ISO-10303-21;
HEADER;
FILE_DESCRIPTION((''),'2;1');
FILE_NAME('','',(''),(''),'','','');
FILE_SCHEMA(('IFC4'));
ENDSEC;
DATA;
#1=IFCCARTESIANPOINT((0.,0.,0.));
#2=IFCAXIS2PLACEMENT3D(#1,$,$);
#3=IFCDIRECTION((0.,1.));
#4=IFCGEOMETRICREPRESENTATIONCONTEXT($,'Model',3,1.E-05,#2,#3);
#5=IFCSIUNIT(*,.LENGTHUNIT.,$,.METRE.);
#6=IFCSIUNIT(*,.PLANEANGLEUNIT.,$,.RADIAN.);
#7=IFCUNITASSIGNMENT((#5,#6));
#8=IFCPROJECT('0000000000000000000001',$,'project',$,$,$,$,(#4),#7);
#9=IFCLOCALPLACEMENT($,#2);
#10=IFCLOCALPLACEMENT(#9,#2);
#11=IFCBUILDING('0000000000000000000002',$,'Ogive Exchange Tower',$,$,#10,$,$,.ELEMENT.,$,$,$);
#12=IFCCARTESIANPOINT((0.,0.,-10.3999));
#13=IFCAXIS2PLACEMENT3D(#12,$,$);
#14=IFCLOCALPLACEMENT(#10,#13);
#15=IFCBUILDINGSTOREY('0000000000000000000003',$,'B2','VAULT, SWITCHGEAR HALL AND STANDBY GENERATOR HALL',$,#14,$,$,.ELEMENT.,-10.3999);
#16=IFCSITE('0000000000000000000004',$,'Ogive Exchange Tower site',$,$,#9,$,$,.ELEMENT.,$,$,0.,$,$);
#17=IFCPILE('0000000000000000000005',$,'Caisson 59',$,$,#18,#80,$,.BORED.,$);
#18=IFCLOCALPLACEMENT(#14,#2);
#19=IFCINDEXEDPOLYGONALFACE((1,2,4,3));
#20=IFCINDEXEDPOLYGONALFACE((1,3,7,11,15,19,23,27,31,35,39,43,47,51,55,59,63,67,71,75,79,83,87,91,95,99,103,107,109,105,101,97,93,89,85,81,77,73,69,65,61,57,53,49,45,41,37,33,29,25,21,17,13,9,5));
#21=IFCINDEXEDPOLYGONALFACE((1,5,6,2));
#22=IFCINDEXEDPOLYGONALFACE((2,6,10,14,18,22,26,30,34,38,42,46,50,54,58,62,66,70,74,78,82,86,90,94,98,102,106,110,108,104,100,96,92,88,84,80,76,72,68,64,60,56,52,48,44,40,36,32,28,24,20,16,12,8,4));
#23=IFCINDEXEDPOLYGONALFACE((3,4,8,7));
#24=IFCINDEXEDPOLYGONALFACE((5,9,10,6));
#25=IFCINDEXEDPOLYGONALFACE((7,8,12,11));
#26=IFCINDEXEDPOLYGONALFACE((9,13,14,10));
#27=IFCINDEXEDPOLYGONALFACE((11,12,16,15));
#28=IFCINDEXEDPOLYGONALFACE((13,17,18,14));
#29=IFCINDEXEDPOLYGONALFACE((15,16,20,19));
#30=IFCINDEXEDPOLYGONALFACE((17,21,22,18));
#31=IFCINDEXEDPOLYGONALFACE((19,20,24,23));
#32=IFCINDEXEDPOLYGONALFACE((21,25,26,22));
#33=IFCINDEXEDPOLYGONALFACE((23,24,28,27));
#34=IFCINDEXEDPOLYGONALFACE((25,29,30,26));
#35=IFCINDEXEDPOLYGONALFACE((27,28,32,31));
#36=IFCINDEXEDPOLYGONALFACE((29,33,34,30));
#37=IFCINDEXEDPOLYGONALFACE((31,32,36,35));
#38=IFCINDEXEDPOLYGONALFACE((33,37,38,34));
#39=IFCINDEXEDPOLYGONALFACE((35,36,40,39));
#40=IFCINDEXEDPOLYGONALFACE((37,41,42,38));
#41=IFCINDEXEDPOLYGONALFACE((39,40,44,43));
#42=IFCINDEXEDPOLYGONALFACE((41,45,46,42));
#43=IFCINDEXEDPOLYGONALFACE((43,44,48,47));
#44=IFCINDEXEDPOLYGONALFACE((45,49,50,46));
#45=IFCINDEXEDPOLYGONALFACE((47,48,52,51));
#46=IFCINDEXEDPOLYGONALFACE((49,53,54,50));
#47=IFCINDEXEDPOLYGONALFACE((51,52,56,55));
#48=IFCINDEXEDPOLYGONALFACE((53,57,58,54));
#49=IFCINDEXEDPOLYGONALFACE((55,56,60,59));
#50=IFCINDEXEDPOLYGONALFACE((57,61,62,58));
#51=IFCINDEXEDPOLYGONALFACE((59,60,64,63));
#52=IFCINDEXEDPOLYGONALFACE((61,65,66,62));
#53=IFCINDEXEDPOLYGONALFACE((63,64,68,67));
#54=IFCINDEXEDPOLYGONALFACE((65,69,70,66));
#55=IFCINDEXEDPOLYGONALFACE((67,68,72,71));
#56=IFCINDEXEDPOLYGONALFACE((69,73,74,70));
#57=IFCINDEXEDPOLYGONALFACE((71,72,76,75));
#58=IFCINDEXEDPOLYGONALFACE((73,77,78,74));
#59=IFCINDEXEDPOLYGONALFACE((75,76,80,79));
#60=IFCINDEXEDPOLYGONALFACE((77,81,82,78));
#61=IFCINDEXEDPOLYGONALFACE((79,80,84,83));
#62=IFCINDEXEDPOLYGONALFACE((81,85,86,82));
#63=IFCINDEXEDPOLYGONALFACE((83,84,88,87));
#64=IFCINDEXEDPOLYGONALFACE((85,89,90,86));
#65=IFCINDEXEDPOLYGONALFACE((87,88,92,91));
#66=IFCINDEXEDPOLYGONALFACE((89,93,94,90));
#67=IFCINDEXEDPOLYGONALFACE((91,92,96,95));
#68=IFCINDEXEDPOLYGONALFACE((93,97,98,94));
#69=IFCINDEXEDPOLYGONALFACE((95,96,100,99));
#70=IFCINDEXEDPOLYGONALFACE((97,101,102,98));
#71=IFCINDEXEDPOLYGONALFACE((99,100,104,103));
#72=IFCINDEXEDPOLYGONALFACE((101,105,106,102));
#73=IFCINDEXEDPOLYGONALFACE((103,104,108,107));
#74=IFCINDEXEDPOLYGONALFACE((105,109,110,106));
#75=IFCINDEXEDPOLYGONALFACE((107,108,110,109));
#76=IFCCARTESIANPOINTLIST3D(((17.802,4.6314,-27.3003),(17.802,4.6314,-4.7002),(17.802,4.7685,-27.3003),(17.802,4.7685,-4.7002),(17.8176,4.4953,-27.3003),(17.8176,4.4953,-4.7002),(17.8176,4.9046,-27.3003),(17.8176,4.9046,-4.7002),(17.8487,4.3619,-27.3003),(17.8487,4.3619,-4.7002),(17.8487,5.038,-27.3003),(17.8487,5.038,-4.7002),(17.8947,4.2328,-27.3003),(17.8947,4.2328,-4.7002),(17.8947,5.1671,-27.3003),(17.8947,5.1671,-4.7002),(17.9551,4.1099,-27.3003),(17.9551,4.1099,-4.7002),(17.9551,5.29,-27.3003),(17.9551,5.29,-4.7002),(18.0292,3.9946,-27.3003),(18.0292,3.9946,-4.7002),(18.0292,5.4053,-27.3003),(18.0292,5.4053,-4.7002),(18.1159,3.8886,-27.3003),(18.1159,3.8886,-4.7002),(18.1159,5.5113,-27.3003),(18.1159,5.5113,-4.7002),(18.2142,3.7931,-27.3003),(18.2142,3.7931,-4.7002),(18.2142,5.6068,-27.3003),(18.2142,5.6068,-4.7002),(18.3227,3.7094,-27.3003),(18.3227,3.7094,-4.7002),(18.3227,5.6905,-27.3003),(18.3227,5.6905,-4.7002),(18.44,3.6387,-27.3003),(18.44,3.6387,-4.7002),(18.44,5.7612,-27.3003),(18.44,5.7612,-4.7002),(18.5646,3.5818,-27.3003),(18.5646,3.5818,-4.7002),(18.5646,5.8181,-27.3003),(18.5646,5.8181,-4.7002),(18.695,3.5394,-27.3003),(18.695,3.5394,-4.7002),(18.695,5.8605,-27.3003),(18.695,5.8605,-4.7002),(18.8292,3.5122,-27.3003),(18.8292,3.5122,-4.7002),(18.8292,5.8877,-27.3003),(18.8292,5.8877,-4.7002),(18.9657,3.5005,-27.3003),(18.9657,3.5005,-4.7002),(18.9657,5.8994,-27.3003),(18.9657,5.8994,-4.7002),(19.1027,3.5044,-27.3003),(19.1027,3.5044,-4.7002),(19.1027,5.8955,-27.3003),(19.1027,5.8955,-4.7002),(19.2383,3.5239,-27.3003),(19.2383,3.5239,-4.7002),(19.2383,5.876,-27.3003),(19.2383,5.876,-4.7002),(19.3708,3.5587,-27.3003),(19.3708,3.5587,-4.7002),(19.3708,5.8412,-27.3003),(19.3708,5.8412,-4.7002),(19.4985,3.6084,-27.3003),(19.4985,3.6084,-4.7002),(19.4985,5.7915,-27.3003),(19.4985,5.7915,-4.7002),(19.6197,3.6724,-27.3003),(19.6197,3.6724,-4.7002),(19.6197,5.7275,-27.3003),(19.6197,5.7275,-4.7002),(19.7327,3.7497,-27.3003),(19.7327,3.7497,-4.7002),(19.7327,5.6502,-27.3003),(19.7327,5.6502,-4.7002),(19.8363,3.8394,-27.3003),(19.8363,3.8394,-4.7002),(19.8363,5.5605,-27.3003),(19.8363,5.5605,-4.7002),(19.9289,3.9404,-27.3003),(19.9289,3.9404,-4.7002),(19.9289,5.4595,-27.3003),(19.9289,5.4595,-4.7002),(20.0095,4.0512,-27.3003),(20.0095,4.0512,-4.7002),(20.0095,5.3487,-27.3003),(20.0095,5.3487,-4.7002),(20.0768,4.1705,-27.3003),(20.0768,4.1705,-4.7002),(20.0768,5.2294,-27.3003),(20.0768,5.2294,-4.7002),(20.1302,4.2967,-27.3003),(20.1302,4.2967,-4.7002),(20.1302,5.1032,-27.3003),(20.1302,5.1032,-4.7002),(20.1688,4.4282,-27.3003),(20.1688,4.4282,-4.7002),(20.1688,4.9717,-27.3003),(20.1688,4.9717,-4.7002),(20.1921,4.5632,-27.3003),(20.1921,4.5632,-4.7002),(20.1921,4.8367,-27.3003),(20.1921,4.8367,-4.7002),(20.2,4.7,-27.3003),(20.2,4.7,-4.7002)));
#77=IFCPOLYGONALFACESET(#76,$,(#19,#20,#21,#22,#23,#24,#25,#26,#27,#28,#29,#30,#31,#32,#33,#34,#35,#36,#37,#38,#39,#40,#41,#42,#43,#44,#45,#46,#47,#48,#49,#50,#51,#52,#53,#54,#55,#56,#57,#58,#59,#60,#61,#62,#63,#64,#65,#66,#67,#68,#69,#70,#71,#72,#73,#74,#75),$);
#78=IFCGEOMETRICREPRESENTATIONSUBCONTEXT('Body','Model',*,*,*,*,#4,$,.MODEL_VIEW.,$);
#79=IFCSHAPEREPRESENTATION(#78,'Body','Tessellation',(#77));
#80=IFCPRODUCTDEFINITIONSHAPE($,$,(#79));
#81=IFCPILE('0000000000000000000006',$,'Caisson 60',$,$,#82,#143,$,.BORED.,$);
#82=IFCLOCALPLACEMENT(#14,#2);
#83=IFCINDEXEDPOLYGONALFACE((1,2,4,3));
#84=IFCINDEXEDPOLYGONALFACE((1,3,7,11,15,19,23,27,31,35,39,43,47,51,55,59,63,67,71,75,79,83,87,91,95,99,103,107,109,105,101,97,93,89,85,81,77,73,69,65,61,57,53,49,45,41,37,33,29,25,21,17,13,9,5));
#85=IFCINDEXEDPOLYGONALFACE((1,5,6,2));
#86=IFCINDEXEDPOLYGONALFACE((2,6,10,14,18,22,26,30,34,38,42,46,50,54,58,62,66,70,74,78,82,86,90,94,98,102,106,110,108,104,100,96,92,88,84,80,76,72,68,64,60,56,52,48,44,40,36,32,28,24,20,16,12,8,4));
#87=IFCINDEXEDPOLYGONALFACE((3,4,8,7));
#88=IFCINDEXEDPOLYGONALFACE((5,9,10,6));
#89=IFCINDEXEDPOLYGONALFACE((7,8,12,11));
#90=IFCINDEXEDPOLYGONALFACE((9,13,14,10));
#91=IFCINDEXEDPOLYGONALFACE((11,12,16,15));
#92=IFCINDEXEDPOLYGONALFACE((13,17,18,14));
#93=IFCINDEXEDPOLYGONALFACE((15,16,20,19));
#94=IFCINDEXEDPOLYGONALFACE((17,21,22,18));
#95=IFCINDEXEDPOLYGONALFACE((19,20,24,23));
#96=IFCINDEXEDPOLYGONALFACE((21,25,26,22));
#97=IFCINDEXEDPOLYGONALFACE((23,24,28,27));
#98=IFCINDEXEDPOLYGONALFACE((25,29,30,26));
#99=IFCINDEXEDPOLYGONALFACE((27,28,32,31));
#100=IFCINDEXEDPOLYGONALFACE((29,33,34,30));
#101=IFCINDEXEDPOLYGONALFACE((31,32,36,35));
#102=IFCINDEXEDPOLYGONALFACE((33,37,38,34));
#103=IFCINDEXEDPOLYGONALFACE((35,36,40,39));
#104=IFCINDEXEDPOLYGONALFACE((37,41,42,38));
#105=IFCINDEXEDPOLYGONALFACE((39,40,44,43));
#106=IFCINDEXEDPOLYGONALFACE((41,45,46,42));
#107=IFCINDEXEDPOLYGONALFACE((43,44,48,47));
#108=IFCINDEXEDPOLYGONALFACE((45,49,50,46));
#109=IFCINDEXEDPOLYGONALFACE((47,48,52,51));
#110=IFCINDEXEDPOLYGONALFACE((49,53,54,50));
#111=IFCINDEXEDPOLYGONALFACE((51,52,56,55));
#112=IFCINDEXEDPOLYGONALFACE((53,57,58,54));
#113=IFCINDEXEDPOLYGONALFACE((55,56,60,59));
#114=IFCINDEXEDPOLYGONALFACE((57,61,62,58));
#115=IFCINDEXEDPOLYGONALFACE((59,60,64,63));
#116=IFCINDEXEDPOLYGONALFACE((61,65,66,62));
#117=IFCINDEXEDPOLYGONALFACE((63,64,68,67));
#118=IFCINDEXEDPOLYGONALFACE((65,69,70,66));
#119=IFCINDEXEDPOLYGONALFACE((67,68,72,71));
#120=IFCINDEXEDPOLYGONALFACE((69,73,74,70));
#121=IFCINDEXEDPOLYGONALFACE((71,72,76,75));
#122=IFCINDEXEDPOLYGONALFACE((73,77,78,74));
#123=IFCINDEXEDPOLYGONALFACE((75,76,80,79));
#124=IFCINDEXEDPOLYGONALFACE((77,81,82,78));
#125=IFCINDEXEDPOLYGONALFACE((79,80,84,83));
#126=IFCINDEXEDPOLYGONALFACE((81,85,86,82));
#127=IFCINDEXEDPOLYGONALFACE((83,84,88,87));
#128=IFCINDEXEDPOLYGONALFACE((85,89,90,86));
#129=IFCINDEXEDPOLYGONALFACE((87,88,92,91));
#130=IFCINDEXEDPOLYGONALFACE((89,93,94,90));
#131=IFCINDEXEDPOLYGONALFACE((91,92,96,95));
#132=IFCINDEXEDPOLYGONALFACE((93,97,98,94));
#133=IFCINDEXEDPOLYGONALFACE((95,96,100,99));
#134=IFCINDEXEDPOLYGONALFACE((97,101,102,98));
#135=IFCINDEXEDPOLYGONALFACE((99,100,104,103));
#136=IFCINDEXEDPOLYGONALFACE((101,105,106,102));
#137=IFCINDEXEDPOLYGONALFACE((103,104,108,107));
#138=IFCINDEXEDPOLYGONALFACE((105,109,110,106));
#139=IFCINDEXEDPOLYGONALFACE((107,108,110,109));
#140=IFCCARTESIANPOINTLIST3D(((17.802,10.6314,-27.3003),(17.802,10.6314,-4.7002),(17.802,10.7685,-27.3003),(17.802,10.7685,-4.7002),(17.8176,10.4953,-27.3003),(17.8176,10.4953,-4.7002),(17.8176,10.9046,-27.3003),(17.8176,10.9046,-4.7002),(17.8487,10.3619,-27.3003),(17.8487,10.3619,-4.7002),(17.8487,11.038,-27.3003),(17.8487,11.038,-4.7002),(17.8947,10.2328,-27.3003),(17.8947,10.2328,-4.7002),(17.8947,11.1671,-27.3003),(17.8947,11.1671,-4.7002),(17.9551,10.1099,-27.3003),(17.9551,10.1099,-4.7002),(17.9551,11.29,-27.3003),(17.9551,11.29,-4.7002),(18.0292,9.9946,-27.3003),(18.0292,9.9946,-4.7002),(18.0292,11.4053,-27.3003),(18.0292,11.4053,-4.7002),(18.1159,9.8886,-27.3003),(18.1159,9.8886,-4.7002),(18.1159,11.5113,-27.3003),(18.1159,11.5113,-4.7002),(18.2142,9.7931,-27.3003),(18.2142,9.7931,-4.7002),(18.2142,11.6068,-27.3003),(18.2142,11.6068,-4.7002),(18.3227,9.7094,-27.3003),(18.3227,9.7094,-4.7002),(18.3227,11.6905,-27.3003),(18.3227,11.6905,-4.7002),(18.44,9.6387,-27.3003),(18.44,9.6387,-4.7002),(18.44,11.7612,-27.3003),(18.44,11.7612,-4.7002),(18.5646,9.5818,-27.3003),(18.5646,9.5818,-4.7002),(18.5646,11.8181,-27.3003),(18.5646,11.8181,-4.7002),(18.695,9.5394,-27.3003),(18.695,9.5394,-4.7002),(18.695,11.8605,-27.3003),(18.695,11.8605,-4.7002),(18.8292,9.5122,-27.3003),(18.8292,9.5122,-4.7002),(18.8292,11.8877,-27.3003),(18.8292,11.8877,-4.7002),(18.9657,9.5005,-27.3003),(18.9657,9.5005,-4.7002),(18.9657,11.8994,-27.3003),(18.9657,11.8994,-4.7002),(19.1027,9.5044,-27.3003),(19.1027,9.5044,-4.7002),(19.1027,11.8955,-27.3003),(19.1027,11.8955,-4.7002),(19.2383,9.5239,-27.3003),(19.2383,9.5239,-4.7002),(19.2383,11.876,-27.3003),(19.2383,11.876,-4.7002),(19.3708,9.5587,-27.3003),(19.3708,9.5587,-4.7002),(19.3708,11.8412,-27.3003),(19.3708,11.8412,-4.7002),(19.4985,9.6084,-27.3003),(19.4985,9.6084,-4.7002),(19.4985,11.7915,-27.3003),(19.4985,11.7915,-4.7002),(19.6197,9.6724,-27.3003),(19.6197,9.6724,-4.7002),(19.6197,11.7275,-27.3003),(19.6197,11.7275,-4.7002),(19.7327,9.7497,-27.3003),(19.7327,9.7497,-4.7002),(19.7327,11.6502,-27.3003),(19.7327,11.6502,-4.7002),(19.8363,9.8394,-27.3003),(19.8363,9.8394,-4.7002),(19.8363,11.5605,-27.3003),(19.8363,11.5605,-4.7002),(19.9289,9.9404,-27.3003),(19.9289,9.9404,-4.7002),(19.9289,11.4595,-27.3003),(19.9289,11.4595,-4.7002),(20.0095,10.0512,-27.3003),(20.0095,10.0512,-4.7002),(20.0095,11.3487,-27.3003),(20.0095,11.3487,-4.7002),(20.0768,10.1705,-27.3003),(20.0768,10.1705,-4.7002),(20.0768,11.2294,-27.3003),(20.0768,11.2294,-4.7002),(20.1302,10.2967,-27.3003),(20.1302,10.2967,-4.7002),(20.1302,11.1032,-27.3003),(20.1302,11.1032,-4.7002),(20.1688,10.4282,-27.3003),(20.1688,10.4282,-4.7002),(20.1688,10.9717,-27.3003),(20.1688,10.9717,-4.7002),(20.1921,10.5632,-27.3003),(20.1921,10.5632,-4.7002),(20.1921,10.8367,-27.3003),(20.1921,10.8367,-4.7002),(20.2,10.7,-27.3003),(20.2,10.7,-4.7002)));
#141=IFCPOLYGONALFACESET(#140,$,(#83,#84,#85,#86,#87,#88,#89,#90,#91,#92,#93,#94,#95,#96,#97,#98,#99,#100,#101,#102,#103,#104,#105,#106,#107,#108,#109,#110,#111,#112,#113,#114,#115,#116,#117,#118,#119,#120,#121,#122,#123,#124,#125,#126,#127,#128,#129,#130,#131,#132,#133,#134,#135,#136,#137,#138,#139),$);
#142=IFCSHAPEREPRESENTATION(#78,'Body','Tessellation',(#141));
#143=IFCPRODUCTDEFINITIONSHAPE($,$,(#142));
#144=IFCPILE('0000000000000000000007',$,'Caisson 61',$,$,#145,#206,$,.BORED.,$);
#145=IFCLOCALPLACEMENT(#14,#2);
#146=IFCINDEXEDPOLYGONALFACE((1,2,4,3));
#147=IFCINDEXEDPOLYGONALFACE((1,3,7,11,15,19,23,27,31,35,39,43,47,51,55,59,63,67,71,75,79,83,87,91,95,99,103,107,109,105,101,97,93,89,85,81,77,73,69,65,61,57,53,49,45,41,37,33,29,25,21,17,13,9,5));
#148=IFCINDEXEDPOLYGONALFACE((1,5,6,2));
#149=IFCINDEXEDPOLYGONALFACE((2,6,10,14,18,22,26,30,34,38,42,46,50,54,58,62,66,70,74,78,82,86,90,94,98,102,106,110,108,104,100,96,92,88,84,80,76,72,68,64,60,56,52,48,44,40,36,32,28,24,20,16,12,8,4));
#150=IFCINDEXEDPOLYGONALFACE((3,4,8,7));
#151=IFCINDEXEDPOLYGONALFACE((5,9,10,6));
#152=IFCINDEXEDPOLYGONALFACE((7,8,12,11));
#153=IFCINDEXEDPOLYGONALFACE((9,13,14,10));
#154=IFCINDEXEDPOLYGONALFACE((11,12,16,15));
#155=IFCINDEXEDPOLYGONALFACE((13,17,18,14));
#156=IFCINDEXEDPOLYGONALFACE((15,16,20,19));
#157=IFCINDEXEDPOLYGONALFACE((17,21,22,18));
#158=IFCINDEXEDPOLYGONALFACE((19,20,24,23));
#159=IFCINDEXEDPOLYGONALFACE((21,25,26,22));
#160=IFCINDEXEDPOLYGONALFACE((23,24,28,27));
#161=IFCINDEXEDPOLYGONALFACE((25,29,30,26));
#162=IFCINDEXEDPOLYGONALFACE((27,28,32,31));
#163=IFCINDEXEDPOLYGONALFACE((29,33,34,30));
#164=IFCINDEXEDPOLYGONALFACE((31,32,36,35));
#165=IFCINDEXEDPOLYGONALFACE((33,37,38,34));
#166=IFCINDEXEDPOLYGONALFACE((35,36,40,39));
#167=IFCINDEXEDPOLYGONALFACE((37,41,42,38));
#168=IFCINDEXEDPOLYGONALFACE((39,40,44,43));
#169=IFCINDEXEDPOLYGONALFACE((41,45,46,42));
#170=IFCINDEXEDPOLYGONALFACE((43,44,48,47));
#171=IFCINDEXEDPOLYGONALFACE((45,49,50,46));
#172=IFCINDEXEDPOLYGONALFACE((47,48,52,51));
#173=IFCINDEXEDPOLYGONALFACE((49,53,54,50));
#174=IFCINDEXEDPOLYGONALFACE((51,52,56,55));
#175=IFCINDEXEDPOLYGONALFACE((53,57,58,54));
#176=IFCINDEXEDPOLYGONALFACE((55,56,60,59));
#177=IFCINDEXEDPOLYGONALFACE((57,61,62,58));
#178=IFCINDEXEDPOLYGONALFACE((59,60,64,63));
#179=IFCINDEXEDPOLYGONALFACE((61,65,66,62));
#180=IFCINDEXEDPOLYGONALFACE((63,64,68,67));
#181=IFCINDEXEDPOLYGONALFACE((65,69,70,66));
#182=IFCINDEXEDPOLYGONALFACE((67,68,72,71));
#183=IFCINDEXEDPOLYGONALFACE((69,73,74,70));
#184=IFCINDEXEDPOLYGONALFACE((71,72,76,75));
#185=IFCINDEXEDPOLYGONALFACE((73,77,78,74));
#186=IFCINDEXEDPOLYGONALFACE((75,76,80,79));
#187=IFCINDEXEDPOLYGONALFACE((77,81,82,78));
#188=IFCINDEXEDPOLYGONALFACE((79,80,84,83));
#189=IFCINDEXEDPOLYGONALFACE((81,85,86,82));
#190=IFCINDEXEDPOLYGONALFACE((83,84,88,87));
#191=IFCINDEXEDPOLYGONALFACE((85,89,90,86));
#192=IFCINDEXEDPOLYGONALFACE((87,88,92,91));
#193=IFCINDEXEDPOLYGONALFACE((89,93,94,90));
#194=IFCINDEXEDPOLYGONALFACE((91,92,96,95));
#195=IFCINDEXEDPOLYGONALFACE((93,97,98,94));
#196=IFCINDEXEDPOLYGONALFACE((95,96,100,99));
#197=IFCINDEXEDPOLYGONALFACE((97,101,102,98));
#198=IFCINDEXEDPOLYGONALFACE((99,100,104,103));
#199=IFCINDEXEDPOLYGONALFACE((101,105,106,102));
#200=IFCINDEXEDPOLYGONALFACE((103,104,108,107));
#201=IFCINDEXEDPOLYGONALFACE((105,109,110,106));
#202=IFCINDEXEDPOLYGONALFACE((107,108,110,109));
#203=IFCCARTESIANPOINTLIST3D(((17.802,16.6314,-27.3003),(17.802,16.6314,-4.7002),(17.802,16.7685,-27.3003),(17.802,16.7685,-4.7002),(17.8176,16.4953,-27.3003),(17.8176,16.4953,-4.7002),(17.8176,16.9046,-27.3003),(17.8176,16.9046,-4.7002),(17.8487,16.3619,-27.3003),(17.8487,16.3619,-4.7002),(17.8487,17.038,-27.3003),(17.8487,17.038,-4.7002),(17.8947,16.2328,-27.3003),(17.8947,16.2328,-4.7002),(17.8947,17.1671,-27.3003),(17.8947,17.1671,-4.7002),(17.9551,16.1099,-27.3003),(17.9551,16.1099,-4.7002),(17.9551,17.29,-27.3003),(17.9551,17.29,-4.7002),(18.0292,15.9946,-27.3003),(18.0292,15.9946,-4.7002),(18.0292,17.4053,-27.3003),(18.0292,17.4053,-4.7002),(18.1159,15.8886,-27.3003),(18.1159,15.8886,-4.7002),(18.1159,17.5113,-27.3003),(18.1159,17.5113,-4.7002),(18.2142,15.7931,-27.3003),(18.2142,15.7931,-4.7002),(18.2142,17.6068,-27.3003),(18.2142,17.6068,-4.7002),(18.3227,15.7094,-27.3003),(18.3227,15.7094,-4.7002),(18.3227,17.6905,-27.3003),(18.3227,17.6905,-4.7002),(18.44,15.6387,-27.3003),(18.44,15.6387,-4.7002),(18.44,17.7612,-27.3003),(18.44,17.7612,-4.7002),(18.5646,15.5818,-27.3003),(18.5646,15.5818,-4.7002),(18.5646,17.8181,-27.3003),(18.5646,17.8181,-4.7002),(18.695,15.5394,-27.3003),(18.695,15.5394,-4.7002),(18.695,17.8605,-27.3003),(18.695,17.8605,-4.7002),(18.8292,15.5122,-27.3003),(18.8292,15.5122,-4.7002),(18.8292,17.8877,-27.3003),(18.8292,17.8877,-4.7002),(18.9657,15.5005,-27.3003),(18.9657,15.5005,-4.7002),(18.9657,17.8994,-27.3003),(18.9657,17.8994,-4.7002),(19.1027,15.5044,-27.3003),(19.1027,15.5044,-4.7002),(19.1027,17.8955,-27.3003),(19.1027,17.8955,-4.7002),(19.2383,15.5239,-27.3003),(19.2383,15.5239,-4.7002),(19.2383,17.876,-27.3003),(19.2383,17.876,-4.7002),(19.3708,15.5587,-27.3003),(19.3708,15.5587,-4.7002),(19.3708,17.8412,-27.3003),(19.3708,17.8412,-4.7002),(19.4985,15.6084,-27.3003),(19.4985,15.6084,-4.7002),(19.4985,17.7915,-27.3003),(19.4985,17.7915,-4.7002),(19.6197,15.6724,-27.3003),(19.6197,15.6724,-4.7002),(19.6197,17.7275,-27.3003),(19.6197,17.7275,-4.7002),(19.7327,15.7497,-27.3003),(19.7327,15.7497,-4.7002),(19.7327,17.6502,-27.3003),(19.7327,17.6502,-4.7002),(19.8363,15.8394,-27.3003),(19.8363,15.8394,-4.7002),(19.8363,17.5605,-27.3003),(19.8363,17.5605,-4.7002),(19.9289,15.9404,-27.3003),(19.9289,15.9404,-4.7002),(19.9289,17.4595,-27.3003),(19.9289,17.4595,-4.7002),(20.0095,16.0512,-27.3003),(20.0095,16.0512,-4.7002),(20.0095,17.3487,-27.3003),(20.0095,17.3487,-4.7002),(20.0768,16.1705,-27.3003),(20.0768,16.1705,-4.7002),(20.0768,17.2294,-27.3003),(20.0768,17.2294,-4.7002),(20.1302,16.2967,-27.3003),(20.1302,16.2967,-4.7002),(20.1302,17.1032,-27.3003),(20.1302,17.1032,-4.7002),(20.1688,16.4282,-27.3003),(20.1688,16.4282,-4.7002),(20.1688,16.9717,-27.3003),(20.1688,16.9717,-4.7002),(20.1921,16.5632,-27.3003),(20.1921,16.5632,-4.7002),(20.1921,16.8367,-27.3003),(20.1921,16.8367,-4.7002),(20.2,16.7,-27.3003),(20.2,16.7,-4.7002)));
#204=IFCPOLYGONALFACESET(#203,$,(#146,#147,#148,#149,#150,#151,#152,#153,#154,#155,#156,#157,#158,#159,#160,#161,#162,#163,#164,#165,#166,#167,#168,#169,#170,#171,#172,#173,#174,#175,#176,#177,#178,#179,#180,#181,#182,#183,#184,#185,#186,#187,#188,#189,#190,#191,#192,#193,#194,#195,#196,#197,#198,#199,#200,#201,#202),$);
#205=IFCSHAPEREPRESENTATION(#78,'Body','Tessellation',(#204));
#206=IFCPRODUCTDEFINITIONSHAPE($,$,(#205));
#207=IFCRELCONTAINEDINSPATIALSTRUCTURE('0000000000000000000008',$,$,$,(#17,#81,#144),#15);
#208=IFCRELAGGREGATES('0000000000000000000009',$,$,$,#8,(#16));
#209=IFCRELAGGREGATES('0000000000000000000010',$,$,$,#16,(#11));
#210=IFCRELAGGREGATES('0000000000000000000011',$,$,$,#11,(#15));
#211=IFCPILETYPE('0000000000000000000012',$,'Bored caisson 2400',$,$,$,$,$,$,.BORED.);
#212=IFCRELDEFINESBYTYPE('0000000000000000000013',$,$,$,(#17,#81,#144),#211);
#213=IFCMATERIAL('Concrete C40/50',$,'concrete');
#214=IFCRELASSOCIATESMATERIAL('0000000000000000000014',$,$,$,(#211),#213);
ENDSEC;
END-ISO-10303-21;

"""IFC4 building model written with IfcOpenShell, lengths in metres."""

from ifc_helpers import new_model, si_unit, direction, frame, origin, origin_2d, place, context, subcontext, project, spatial, circle, extrude, material, material_profile, profile_set, type_object, element, save


model = new_model("IFC4")

# Units and contexts
model_context = context("Model", 3, precision=1e-05, world=origin(), true_north=direction((0.0, 1.0)))
body_context = subcontext(model_context, "Body", "Model", "MODEL_VIEW")
ifc_project = project(units=[si_unit("LENGTHUNIT", "METRE"), si_unit("PLANEANGLEUNIT", "RADIAN")], contexts=[model_context])

# Site, building, storey
site_placement = place(None, origin())
site = spatial("IfcSite", under=ifc_project, at=site_placement, Name="Ogive Exchange Tower site", CompositionType="ELEMENT", RefElevation=0.0)
building_placement = place(site_placement, origin())
building = spatial("IfcBuilding", under=site, at=building_placement, Name="Ogive Exchange Tower", CompositionType="ELEMENT")
storey_placement = place(building_placement, frame((0.0, 0.0, -10.3999)))
storey = spatial("IfcBuildingStorey", under=building, at=storey_placement, Name="B2", Description="VAULT, SWITCHGEAR HALL AND STANDBY GENERATOR HALL", CompositionType="ELEMENT", Elevation=-10.3999)

# Piles
ifc_material_1 = material(Name="Concrete C40/50", Category="concrete")
ifc_material_profile_1 = material_profile(ifc_material_1, circle(Radius=1.2, at=origin_2d()), Name="RC caisson 2400")
ifc_profile_set_1 = profile_set([ifc_material_profile_1], Name="Concrete C40/50")
pile_type = type_object("IfcPileType", Name="Bored caisson 2400", PredefinedType="BORED", material=ifc_profile_set_1)
for number, where, z_axis, x_axis, name in (
    (1, (19.0, 4.7, -4.7002), (0.0, 0.0, -1.0), (1.0, 0.0, 0.0), "Caisson 59"),
    (2, (19.0, 10.7, -4.7002), (0.0, 0.0, -1.0), (1.0, 0.0, 0.0), "Caisson 60"),
    (3, (19.0, 16.7, -4.7002), (0.0, 0.0, -1.0), (1.0, 0.0, 0.0), "Caisson 61"),
):
    element("IfcPile", number, at=place(storey_placement, frame(where, z_axis=z_axis, x_axis=x_axis)), inside=storey, type_object=pile_type, Name=name, PredefinedType="BORED", context=body_context, shape_type="SweptSolid", body=[
        extrude(circle(Radius=1.2, at=origin_2d()), origin(), (0.0, 0.0, 1.0), 22.6001),
    ])

save(model, "model.ifc")
